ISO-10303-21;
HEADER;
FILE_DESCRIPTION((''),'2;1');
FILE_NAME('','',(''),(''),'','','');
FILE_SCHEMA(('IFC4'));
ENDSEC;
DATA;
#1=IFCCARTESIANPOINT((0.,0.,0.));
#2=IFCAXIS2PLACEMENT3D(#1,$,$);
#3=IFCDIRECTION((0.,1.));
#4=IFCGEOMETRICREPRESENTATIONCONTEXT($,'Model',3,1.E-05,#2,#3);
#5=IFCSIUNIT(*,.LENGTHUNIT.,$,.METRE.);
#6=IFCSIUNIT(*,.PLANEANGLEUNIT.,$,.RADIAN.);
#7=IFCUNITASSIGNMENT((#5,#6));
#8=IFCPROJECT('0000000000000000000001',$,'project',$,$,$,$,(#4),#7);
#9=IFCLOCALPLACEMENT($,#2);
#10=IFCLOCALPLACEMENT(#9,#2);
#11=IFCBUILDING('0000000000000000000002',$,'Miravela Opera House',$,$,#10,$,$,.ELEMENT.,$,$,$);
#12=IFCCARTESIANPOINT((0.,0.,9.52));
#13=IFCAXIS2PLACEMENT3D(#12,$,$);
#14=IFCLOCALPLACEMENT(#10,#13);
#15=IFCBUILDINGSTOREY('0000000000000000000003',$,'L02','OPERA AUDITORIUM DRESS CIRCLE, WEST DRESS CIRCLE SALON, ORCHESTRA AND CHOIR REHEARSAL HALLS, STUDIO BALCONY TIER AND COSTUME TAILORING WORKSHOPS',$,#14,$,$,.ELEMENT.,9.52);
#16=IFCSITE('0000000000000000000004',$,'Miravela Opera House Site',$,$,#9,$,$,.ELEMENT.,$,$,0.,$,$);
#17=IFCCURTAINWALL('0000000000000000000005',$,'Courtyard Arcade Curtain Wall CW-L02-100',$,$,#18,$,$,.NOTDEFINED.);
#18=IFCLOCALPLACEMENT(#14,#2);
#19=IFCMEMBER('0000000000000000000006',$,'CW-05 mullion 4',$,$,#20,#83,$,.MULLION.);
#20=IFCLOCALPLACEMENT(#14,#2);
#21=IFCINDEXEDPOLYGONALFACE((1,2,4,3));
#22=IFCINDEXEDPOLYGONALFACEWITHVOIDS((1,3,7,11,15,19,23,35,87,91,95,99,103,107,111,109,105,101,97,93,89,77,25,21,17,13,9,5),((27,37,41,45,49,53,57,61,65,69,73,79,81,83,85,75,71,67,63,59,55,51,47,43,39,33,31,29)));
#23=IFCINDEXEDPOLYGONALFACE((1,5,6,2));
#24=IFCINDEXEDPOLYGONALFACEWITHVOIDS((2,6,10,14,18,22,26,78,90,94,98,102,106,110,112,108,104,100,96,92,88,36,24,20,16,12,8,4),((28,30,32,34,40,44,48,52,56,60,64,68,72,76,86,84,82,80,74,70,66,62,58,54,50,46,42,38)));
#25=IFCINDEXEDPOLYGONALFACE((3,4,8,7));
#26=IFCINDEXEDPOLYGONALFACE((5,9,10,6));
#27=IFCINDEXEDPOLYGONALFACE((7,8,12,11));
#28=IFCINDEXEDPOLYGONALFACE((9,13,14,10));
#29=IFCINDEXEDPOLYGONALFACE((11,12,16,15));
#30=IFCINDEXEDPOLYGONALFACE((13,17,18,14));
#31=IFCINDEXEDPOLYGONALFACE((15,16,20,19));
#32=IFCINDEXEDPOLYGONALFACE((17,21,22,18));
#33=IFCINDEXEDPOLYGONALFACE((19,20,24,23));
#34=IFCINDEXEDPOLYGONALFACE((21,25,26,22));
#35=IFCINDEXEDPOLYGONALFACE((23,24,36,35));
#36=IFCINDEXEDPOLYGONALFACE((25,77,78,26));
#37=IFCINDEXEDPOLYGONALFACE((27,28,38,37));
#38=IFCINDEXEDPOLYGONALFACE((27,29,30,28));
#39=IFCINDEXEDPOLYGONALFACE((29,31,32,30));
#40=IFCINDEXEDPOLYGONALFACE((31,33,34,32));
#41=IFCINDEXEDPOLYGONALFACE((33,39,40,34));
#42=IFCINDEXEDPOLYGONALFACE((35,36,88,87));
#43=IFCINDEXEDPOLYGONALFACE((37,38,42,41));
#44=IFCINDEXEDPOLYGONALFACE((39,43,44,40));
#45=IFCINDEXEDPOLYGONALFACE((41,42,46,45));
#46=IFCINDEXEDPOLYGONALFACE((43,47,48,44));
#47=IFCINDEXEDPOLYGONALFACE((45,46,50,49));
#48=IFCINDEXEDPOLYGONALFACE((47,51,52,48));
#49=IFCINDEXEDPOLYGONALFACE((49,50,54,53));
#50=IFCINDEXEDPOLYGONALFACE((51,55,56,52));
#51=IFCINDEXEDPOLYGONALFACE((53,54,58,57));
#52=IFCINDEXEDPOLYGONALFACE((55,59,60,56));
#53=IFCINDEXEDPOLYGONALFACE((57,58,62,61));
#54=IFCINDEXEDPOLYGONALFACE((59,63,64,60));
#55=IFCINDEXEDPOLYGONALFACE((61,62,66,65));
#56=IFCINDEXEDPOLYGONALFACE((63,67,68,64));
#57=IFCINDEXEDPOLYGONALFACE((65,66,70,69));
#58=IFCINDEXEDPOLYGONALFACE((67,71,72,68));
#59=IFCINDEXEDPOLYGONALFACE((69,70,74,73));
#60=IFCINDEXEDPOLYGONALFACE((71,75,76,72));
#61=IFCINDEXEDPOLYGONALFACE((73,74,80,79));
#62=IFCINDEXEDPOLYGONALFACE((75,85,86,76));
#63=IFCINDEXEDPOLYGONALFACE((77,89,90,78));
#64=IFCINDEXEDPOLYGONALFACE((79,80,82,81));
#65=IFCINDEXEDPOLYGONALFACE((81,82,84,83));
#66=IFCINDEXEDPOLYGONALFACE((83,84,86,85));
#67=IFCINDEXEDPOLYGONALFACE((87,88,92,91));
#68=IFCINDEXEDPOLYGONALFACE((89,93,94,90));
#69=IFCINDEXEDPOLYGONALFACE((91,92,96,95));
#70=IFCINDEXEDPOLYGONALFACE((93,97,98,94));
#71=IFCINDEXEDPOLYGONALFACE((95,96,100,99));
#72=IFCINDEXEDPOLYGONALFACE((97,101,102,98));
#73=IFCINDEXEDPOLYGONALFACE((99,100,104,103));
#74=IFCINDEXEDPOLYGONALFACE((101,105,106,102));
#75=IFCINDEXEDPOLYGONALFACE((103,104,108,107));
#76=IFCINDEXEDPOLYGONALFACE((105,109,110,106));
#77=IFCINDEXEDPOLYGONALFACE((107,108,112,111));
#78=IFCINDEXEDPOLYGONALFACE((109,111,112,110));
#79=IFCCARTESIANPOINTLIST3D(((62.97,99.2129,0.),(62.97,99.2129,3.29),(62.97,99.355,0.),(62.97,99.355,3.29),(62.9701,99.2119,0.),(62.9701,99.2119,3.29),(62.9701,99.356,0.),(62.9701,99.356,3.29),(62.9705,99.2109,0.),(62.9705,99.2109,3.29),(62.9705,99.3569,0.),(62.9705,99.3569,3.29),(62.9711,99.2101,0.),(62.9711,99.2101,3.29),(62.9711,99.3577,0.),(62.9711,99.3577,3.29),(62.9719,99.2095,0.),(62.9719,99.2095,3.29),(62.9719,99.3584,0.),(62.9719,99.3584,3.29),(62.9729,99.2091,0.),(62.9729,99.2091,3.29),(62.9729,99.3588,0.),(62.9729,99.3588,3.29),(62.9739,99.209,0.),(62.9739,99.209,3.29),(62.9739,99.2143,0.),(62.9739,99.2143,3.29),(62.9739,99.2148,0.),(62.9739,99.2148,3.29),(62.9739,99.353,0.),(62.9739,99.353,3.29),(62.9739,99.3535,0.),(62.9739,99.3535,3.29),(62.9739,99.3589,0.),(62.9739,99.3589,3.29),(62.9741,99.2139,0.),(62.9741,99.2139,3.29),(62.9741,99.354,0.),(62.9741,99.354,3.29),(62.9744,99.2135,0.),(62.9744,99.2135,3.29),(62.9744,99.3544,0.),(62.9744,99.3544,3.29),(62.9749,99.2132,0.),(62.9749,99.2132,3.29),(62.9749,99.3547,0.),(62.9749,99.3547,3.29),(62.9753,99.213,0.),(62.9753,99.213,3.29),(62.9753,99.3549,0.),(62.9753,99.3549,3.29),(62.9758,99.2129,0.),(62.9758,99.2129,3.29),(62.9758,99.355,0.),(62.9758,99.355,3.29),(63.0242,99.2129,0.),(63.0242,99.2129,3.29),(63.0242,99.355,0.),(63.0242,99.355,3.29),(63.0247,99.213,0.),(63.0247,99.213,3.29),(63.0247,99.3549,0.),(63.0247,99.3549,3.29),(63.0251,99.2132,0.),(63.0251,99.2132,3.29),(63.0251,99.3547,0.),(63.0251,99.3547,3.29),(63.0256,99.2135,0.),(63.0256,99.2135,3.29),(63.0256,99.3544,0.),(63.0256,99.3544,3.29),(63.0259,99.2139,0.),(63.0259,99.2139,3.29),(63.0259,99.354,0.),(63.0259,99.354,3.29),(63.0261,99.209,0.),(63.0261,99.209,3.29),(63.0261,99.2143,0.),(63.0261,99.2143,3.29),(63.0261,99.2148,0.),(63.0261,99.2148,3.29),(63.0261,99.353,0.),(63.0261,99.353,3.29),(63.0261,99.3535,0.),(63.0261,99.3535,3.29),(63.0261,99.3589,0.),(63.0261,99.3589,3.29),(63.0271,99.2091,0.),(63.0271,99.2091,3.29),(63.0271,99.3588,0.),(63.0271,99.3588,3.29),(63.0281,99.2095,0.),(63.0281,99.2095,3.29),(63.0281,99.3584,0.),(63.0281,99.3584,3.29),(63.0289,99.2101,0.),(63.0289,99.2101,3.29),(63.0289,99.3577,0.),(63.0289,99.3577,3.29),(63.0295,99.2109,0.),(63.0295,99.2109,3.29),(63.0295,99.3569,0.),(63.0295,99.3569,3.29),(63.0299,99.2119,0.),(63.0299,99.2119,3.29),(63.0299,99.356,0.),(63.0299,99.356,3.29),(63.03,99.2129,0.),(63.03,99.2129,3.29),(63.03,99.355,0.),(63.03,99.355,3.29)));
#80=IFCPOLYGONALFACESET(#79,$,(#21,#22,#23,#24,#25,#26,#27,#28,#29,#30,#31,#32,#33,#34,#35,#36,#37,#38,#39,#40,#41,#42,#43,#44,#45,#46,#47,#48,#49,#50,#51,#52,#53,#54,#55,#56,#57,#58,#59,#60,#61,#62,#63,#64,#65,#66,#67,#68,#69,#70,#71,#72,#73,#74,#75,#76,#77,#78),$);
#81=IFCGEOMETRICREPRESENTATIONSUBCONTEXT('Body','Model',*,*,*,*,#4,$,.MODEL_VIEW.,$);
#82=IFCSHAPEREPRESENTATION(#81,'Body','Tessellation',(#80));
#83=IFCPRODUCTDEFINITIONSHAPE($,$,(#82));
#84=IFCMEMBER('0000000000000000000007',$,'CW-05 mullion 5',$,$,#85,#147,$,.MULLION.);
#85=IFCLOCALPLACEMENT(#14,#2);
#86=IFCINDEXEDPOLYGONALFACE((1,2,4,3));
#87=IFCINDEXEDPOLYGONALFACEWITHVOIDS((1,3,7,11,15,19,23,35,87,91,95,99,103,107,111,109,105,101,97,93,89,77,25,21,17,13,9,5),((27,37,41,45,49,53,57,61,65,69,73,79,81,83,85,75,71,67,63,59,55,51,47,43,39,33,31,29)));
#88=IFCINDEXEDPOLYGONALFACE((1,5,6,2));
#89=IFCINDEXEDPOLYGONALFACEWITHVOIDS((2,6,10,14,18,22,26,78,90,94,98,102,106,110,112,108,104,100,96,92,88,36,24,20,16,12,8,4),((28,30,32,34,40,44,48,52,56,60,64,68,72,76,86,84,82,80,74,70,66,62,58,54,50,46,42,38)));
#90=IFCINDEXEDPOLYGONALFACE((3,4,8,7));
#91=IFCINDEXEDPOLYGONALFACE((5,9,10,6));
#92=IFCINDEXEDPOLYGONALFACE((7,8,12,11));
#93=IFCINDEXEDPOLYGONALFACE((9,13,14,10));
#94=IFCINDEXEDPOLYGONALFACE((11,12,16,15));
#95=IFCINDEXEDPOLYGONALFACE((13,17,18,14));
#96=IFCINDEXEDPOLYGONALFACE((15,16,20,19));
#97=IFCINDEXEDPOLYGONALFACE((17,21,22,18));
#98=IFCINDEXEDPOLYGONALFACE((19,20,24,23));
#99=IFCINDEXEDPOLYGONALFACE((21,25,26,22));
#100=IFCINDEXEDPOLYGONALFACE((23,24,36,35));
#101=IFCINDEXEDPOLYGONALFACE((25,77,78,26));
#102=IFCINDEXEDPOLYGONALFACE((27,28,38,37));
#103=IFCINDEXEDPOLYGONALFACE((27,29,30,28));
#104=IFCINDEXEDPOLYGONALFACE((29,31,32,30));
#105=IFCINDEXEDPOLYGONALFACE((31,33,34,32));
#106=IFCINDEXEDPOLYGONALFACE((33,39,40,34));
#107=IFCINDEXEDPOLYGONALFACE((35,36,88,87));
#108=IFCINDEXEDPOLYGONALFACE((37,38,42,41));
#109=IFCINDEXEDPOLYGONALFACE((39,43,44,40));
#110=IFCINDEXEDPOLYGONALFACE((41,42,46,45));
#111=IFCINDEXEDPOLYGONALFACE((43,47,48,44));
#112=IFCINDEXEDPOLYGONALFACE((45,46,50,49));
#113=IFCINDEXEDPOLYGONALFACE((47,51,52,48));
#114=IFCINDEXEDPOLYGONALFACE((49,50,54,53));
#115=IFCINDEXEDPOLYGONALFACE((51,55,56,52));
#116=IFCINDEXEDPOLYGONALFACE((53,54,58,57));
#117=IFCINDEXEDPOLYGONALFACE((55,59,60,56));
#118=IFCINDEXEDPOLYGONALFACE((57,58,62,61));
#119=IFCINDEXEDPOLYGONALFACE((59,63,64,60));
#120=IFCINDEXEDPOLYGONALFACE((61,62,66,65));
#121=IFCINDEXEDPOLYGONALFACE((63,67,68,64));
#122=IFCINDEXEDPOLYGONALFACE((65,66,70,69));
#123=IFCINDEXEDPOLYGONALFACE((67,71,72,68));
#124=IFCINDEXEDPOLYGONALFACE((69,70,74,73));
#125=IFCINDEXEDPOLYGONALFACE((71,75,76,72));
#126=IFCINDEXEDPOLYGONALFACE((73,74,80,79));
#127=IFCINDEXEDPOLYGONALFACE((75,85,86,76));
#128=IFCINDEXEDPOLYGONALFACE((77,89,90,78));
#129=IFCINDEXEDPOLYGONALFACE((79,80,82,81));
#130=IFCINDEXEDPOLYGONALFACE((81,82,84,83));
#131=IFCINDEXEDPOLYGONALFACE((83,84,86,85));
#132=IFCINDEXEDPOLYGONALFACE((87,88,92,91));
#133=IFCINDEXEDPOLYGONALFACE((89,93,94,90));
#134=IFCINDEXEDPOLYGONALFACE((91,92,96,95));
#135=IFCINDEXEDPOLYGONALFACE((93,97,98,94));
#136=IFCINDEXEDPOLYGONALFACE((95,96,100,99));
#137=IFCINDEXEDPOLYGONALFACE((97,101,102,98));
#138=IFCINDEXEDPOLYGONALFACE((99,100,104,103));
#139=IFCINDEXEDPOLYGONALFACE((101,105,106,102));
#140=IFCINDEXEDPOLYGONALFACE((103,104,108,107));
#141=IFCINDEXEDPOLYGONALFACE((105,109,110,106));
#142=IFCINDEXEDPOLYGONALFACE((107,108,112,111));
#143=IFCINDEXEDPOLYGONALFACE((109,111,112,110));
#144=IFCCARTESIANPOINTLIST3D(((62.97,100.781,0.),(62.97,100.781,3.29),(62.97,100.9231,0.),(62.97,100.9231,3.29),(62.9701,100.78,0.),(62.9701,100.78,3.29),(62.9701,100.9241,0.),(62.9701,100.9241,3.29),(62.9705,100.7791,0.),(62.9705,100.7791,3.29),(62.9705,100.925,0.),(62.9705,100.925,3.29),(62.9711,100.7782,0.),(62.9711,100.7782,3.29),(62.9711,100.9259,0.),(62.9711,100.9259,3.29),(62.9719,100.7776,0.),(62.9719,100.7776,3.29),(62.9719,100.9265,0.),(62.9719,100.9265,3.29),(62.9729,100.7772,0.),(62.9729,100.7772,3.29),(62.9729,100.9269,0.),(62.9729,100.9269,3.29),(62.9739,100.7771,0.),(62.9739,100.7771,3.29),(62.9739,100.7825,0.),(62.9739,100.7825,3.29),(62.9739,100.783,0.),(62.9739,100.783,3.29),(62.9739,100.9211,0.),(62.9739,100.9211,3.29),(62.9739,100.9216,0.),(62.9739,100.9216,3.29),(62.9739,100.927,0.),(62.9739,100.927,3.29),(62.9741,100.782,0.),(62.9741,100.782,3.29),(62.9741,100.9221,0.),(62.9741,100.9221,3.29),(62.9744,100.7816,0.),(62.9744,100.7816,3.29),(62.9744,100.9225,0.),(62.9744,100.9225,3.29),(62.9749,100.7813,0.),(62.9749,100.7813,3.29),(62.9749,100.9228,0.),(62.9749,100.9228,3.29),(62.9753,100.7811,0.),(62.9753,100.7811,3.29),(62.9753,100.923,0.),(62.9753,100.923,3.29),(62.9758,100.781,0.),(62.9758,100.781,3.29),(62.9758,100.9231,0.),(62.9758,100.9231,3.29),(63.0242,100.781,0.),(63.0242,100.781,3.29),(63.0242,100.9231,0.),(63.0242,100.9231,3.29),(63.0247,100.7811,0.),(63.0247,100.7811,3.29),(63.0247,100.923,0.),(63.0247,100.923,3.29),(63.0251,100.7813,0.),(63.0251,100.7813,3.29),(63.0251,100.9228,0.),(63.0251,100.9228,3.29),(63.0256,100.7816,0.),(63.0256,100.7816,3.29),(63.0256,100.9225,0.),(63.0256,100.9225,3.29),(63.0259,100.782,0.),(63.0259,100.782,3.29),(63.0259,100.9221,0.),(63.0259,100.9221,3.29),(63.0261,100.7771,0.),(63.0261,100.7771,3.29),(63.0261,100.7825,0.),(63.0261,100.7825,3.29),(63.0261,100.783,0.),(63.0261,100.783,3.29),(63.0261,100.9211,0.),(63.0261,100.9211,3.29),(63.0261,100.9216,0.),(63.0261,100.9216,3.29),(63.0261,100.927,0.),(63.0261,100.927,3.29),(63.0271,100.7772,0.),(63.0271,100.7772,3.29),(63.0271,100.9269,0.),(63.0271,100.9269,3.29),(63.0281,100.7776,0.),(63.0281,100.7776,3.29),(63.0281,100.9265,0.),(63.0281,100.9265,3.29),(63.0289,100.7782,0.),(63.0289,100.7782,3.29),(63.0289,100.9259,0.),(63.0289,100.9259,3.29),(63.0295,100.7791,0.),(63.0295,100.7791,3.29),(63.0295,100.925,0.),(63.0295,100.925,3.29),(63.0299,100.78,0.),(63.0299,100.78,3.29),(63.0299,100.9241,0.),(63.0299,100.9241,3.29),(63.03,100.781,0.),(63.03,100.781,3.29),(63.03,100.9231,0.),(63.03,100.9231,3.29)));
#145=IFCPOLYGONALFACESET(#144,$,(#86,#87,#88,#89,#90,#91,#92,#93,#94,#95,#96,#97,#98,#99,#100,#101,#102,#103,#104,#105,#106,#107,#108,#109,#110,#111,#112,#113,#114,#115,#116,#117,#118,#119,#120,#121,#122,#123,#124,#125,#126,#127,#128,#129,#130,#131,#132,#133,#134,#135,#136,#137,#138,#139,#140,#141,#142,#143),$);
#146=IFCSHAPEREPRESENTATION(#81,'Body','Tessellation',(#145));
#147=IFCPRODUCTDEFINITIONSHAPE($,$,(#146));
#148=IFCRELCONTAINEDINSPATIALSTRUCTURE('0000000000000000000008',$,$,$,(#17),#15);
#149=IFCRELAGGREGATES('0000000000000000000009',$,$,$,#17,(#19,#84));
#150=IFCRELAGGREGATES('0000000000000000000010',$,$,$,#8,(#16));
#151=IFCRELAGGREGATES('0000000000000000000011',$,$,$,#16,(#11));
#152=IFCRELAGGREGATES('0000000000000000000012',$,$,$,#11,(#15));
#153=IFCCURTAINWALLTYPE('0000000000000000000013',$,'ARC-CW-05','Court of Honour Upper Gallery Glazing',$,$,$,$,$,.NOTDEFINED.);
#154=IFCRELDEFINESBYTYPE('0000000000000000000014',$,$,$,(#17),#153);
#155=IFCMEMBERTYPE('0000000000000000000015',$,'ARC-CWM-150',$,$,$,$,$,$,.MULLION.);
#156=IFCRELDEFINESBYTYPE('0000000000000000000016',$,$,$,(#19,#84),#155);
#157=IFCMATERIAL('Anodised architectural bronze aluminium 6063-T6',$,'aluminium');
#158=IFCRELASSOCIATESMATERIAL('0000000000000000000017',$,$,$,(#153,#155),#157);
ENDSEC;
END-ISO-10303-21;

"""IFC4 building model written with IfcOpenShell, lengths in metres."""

from ifc_helpers import new_model, si_unit, direction, frame, origin, origin_2d, place, context, subcontext, project, spatial, hollow_rectangle, extrude, material, material_profile, profile_set, type_object, element, aggregate, save


model = new_model("IFC4")

# Units and contexts
model_context = context("Model", 3, precision=1e-05, world=origin(), true_north=direction((0.0, 1.0)))
body_context = subcontext(model_context, "Body", "Model", "MODEL_VIEW")
ifc_project = project(units=[si_unit("LENGTHUNIT", "METRE"), si_unit("PLANEANGLEUNIT", "RADIAN")], contexts=[model_context])

# Site, building, storey
site_placement = place(None, origin())
site = spatial("IfcSite", under=ifc_project, at=site_placement, Name="Miravela Opera House Site", CompositionType="ELEMENT", RefElevation=0.0)
building_placement = place(site_placement, origin())
building = spatial("IfcBuilding", under=site, at=building_placement, Name="Miravela Opera House", CompositionType="ELEMENT")
storey_placement = place(building_placement, frame((0.0, 0.0, 9.52)))
storey = spatial("IfcBuildingStorey", under=building, at=storey_placement, Name="L02", Description="OPERA AUDITORIUM DRESS CIRCLE, WEST DRESS CIRCLE SALON, ORCHESTRA AND CHOIR REHEARSAL HALLS, STUDIO BALCONY TIER AND COSTUME TAILORING WORKSHOPS", CompositionType="ELEMENT", Elevation=9.52)

# Curtain wall, members
ifc_material_1 = material(Name="Anodised architectural bronze aluminium 6063-T6", Category="aluminium")
curtain_wall_type = type_object("IfcCurtainWallType", Name="ARC-CW-05", Description="Court of Honour Upper Gallery Glazing", PredefinedType="NOTDEFINED", material=ifc_material_1)
curtain_wall_placement = place(storey_placement, origin())
curtain_wall = element("IfcCurtainWall", 1, at=curtain_wall_placement, inside=storey, type_object=curtain_wall_type, Name="Courtyard Arcade Curtain Wall CW-L02-100", PredefinedType="NOTDEFINED")
ifc_material_profile_1 = material_profile(ifc_material_1, hollow_rectangle(XDim=0.0601, YDim=0.1499, WallThickness=0.0039, InnerFilletRadius=0.002, OuterFilletRadius=0.0039, at=origin_2d()), Name="CWM-60X150")
ifc_profile_set_1 = profile_set([ifc_material_profile_1])
member_type_1 = type_object("IfcMemberType", Name="ARC-CWM-150", PredefinedType="MULLION", material=ifc_profile_set_1)
member_1_placement = place(storey_placement, frame((63.0, 99.2839, 0.0), z_axis=(0.0, 0.0, 1.0), x_axis=(-1.0, 0.0, 0.0)))
member_1 = element("IfcMember", 2, at=member_1_placement, type_object=member_type_1, Name="CW-05 mullion 4", PredefinedType="MULLION", context=body_context, shape_type="SweptSolid", body=[
    extrude(hollow_rectangle(XDim=0.0601, YDim=0.1499, WallThickness=0.0039, InnerFilletRadius=0.002, OuterFilletRadius=0.0039, at=origin_2d()), origin(), (0.0, 0.0, 1.0), 3.29),
])
member_2_placement = place(storey_placement, frame((63.0, 100.8521, 0.0), z_axis=(0.0, 0.0, 1.0), x_axis=(-1.0, 0.0, 0.0)))
member_2 = element("IfcMember", 3, at=member_2_placement, type_object=member_type_1, Name="CW-05 mullion 5", PredefinedType="MULLION", context=body_context, shape_type="SweptSolid", body=[
    extrude(hollow_rectangle(XDim=0.0601, YDim=0.1499, WallThickness=0.0039, InnerFilletRadius=0.002, OuterFilletRadius=0.0039, at=origin_2d()), origin(), (0.0, 0.0, 1.0), 3.29),
])

aggregate(curtain_wall, [member_1, member_2])

save(model, "model.ifc")
